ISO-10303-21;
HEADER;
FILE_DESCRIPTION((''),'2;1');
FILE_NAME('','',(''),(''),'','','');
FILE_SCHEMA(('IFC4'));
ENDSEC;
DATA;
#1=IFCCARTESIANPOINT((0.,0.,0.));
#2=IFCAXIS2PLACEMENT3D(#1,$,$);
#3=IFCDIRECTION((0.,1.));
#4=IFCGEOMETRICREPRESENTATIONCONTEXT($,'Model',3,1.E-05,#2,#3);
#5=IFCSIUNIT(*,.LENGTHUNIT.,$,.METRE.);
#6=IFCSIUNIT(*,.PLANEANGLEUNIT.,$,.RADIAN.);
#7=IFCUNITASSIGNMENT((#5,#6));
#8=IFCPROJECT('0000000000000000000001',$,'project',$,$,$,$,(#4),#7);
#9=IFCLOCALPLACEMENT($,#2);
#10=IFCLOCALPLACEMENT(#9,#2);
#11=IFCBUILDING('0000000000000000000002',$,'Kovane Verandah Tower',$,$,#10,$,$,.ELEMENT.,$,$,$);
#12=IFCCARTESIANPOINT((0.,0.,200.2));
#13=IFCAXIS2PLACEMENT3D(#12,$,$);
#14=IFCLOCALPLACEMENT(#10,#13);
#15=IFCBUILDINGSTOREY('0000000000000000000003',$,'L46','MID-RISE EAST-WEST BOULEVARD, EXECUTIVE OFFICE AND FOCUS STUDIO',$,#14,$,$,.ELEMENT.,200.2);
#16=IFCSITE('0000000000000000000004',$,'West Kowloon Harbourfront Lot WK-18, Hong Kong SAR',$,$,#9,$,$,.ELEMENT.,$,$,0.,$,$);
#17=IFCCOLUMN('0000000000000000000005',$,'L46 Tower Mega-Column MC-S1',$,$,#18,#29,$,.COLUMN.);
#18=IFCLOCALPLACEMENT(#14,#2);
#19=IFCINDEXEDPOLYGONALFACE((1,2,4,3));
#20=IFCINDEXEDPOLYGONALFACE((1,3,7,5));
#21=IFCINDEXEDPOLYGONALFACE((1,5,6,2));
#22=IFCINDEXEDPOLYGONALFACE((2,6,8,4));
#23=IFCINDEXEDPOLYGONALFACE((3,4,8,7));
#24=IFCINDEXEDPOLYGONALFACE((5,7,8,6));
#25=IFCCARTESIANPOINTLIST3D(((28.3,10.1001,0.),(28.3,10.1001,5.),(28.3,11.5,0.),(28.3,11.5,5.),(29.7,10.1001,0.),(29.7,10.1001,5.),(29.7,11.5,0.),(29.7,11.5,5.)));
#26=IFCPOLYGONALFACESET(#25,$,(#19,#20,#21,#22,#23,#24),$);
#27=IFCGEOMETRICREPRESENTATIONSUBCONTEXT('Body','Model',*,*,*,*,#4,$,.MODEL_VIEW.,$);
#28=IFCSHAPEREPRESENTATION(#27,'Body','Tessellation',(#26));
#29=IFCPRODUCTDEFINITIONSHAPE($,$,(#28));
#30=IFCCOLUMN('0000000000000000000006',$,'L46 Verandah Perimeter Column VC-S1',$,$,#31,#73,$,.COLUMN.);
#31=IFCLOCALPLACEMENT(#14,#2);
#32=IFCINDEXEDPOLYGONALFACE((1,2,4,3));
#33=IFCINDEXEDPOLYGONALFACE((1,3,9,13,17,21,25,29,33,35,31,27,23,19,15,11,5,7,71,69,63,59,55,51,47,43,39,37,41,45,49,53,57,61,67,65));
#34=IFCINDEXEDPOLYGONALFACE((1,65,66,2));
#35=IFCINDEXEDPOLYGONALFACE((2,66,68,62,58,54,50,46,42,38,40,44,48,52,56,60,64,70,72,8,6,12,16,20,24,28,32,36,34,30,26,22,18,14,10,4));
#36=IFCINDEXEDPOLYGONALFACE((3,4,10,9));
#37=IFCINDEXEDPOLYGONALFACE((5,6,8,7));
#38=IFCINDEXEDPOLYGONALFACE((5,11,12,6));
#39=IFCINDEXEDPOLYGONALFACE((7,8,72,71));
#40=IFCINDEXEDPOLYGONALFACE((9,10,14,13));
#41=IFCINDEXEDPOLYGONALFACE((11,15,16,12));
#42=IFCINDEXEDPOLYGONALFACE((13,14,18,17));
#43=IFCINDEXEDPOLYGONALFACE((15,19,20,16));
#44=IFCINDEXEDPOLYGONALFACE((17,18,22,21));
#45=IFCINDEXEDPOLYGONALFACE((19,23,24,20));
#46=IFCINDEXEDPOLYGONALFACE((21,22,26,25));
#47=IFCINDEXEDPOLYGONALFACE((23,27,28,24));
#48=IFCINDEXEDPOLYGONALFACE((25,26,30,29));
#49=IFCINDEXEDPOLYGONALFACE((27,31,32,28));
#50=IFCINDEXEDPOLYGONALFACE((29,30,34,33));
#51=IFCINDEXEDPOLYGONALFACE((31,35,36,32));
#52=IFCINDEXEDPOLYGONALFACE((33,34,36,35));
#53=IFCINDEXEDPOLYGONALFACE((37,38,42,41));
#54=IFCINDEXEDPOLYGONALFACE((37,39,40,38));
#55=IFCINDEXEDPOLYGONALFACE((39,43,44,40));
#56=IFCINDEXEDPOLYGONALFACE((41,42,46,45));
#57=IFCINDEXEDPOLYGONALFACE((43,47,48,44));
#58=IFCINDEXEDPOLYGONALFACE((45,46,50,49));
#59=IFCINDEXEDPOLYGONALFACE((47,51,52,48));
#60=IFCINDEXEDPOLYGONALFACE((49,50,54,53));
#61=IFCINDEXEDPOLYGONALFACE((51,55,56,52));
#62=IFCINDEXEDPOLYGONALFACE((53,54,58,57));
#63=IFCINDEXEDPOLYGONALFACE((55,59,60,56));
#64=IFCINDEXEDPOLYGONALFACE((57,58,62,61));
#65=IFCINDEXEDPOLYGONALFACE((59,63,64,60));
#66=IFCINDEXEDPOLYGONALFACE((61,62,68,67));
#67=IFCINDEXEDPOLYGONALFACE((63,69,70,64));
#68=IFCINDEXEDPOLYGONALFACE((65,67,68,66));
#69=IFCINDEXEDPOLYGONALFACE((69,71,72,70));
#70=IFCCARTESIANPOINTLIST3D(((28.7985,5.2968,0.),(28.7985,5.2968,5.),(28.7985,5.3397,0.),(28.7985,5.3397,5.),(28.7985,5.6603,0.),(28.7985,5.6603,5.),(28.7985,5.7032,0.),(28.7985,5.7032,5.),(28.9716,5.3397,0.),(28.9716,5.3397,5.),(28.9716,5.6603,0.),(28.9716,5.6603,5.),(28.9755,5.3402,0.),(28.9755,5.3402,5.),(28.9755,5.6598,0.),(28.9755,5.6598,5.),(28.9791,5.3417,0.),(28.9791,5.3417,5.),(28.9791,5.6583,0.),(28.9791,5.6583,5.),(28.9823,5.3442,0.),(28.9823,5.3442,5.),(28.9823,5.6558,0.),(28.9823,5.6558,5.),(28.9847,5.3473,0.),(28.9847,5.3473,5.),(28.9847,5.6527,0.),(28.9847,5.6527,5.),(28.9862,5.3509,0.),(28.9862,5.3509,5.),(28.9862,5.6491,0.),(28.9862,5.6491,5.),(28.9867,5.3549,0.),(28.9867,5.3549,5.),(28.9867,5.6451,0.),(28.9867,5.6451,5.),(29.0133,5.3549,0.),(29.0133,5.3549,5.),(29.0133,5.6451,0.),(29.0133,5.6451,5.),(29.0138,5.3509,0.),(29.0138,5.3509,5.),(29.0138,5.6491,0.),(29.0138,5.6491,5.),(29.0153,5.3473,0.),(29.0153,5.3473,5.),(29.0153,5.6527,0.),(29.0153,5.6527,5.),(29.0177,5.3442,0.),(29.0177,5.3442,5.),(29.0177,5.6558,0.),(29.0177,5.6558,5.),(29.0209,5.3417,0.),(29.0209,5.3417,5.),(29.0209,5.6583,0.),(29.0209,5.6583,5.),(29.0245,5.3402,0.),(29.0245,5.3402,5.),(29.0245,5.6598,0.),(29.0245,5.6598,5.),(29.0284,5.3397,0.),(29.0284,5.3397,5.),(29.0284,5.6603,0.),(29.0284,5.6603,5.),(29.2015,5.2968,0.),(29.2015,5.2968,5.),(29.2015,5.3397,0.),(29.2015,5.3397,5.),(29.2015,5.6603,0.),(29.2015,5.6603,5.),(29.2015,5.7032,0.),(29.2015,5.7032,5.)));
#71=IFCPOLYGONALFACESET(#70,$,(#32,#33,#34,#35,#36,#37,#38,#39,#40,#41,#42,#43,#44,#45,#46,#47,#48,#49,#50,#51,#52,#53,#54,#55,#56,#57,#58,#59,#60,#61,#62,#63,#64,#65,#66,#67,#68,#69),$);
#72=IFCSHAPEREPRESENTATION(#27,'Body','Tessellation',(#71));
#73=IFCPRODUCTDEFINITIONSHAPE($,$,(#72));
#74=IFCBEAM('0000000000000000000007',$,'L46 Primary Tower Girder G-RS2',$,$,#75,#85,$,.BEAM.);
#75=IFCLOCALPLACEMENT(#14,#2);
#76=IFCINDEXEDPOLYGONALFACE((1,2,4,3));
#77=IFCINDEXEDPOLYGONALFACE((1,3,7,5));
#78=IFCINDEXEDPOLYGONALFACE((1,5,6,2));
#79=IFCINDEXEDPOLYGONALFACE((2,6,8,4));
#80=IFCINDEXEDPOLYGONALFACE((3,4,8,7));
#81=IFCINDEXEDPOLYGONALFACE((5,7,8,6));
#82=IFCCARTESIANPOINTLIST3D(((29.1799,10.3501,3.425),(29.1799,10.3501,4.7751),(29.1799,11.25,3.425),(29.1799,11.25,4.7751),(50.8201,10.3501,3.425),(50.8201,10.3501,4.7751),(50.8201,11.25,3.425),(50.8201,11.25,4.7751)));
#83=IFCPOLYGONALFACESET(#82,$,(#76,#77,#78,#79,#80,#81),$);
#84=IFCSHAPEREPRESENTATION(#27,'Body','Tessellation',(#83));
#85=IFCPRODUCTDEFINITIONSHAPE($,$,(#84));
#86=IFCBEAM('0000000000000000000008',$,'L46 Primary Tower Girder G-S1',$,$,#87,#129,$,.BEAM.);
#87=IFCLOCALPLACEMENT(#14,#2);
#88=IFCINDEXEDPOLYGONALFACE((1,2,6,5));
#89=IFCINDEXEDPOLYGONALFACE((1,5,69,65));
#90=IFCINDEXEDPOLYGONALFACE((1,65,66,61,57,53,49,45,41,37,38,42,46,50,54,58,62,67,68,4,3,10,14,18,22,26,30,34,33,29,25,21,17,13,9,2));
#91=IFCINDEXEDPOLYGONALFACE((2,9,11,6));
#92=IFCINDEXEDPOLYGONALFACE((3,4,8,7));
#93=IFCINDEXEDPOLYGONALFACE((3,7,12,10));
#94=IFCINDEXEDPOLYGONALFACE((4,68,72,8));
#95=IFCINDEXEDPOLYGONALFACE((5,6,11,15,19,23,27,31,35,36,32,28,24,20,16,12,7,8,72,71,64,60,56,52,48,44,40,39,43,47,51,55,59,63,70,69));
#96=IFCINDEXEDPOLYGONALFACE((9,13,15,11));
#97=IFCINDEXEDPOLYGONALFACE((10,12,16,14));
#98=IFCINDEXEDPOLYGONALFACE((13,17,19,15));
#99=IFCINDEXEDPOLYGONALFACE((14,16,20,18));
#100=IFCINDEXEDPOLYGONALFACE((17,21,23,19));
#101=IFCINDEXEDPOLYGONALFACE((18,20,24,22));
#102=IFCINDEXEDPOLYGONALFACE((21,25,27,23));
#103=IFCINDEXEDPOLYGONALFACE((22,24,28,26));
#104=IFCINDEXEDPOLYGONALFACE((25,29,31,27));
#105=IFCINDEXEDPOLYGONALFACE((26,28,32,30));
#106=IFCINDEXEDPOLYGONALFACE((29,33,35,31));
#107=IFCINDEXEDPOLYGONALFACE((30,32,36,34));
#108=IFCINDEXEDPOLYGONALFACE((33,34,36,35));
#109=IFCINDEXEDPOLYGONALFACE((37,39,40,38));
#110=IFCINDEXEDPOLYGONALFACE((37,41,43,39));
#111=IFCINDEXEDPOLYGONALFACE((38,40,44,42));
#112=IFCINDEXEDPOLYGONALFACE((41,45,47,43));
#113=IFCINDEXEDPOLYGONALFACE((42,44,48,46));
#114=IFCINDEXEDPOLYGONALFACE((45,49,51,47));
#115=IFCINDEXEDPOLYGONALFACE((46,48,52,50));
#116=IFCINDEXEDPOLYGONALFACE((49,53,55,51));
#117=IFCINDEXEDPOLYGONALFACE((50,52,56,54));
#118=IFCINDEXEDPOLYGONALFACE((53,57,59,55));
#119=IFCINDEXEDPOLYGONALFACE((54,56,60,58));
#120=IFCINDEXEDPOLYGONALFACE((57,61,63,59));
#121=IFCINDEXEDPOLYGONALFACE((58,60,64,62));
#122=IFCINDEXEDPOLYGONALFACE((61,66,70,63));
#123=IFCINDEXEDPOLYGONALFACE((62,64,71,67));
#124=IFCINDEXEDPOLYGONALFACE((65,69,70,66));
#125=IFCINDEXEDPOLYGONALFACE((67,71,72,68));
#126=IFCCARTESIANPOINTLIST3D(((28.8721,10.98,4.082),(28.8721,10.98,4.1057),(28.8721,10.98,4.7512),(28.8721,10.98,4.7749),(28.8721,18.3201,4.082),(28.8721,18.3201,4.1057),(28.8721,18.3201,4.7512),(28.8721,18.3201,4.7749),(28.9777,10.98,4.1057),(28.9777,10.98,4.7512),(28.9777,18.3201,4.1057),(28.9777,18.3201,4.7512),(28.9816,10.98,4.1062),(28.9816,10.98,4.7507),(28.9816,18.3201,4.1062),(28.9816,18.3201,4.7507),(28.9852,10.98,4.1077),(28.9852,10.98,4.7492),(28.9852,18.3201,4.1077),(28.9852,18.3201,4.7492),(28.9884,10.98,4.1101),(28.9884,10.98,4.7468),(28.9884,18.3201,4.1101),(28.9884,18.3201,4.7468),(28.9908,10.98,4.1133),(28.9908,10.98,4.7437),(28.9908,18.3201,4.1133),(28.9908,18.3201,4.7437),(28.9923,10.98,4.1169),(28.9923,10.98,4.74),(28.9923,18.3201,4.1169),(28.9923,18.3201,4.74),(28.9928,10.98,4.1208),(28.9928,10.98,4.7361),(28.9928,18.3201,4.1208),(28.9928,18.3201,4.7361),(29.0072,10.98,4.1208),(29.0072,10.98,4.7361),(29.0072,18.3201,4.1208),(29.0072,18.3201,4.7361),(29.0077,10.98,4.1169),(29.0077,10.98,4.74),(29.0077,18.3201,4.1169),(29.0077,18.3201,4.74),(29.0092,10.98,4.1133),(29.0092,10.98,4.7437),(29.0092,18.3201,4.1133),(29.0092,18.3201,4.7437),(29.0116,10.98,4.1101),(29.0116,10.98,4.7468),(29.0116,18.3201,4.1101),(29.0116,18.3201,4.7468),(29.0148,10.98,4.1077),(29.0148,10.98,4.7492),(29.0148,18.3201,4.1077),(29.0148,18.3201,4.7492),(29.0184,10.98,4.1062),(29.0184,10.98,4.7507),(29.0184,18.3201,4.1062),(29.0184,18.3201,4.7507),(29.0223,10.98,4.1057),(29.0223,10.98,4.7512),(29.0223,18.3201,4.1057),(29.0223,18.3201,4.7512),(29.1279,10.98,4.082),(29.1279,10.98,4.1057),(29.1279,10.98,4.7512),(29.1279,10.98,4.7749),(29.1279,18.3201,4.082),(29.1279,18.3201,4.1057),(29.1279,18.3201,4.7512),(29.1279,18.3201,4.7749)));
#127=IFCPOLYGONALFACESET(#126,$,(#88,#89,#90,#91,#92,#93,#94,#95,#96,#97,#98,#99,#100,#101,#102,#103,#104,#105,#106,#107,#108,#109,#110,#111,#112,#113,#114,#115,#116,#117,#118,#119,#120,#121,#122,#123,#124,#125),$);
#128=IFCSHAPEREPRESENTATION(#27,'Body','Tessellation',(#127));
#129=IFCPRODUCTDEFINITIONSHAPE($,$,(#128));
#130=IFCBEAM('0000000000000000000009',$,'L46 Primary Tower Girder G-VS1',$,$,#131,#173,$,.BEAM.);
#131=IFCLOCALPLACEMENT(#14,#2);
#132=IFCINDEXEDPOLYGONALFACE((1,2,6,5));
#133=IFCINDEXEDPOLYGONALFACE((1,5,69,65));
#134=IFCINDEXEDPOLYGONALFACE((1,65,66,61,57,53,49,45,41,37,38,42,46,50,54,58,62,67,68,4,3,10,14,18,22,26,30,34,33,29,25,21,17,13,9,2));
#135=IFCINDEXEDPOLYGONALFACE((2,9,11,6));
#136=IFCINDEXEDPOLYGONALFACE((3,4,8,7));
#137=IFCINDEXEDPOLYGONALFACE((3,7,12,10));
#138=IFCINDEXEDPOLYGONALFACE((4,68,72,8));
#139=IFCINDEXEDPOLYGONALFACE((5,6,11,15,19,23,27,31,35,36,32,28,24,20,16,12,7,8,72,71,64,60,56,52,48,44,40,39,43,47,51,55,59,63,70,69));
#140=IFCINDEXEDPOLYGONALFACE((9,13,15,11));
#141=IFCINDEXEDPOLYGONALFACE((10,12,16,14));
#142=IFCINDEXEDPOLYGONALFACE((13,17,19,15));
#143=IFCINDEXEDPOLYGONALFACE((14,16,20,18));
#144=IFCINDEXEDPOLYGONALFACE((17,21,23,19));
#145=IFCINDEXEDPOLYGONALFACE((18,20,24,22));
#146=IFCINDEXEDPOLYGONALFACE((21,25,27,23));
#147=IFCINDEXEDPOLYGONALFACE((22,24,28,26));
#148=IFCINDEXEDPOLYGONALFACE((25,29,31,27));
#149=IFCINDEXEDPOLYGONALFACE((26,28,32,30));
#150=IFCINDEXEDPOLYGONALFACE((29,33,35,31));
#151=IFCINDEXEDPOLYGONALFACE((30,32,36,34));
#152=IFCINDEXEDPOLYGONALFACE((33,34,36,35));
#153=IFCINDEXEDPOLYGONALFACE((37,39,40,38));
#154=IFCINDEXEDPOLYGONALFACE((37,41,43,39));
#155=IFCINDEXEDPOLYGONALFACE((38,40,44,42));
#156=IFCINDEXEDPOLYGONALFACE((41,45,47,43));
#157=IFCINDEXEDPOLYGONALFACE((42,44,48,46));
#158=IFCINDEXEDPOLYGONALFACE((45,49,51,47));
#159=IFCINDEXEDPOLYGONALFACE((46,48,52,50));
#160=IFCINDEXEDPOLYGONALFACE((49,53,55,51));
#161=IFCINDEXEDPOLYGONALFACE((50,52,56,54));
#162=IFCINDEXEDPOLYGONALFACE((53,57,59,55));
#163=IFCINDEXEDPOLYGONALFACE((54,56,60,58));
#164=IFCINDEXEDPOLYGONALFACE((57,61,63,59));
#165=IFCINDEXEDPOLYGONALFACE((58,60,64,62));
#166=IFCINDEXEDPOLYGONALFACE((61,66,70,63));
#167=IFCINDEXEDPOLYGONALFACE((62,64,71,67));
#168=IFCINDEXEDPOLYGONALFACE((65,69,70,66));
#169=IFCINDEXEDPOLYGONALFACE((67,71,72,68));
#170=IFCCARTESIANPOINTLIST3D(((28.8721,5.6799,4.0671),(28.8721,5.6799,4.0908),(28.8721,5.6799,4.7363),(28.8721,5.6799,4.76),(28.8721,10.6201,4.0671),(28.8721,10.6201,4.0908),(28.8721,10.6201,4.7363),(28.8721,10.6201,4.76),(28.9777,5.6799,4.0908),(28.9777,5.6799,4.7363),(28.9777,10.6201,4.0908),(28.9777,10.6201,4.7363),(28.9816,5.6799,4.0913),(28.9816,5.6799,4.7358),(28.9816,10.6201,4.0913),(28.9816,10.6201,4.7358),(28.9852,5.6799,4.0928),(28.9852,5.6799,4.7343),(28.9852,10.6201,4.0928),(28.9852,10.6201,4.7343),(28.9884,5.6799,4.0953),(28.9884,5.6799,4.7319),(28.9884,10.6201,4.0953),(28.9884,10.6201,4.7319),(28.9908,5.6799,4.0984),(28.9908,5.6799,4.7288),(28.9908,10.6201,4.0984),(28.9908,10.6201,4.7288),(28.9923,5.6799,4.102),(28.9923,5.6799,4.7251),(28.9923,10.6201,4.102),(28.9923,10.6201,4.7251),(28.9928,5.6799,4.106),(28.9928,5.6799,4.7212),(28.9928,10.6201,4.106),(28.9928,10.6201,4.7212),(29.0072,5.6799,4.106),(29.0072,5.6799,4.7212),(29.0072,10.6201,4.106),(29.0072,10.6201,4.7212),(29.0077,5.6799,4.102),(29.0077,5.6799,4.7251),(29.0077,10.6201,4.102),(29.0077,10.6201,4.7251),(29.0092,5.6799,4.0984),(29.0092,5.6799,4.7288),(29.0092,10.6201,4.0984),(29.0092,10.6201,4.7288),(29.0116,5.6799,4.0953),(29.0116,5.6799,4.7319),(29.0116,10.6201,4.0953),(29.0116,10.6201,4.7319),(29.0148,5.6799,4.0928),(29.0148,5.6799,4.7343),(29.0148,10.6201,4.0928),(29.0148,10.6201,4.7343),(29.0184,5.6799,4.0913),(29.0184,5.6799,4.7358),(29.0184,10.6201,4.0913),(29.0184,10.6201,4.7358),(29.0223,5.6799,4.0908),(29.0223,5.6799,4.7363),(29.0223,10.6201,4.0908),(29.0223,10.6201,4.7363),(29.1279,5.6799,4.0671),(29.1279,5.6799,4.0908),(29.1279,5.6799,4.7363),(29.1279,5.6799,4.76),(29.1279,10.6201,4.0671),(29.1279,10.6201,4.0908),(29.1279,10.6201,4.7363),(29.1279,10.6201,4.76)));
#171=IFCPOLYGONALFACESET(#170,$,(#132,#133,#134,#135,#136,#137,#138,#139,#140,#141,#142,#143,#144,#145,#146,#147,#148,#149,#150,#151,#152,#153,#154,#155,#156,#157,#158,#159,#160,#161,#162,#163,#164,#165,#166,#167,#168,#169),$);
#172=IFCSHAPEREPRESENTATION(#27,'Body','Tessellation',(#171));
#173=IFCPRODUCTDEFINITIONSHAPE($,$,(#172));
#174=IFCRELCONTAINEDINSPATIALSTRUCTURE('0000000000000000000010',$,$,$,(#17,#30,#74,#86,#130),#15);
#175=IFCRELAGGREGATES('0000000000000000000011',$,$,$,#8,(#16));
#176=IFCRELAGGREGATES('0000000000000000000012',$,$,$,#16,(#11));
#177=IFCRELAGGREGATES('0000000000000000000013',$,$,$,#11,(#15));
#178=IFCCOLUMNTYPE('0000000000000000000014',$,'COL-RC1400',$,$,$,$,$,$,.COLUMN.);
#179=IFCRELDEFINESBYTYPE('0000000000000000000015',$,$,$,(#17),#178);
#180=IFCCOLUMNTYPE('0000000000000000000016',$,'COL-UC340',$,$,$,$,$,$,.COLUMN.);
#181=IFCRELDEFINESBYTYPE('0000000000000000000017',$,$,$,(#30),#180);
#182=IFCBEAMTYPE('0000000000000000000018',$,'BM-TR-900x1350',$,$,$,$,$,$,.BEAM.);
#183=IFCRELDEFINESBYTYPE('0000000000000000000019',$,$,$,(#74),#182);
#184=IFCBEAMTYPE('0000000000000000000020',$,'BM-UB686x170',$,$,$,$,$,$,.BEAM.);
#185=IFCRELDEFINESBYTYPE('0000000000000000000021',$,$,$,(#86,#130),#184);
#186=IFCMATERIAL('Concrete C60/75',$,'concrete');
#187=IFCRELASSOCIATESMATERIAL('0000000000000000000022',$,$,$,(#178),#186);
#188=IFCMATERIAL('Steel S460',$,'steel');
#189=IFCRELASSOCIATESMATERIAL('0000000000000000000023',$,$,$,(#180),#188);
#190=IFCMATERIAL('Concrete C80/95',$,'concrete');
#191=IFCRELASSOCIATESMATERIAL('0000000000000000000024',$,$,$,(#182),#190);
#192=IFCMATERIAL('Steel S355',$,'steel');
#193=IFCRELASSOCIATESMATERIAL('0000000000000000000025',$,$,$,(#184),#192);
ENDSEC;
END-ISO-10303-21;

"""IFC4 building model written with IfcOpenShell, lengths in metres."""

from ifc_helpers import new_model, si_unit, direction, frame, origin, origin_2d, place, context, subcontext, project, spatial, rectangle, i_section, extrude, material, material_profile, profile_set, type_object, element, save


model = new_model("IFC4")

# Units and contexts
model_context = context("Model", 3, precision=1e-05, world=origin(), true_north=direction((0.0, 1.0)))
body_context = subcontext(model_context, "Body", "Model", "MODEL_VIEW")
ifc_project = project(units=[si_unit("LENGTHUNIT", "METRE"), si_unit("PLANEANGLEUNIT", "RADIAN")], contexts=[model_context])

# Site, building, storey
site_placement = place(None, origin())
site = spatial("IfcSite", under=ifc_project, at=site_placement, Name="West Kowloon Harbourfront Lot WK-18, Hong Kong SAR", CompositionType="ELEMENT", RefElevation=0.0)
building_placement = place(site_placement, origin())
building = spatial("IfcBuilding", under=site, at=building_placement, Name="Kovane Verandah Tower", CompositionType="ELEMENT")
storey_placement = place(building_placement, frame((0.0, 0.0, 200.2)))
storey = spatial("IfcBuildingStorey", under=building, at=storey_placement, Name="L46", Description="MID-RISE EAST-WEST BOULEVARD, EXECUTIVE OFFICE AND FOCUS STUDIO", CompositionType="ELEMENT", Elevation=200.2)

# Columns
ifc_material_1 = material(Name="Concrete C60/75", Category="concrete")
ifc_material_profile_1 = material_profile(ifc_material_1, rectangle(XDim=1.3999, YDim=1.3999, at=origin_2d()), Name="RC1400x1400")
ifc_profile_set_1 = profile_set([ifc_material_profile_1], Name="Concrete C60/75")
column_type_1 = type_object("IfcColumnType", Name="COL-RC1400", PredefinedType="COLUMN", material=ifc_profile_set_1)
column_1_placement = place(storey_placement, frame((29.0, 10.8, 0.0), z_axis=(0.0, 0.0, 1.0), x_axis=(1.0, 0.0, 0.0)))
element("IfcColumn", 1, at=column_1_placement, inside=storey, type_object=column_type_1, Name="L46 Tower Mega-Column MC-S1", PredefinedType="COLUMN", context=body_context, shape_type="SweptSolid", body=[
    extrude(rectangle(XDim=1.3999, YDim=1.3999, at=origin_2d()), origin(), (0.0, 0.0, 1.0), 5.0),
])
ifc_material_2 = material(Name="Steel S460", Category="steel")
ifc_material_profile_2 = material_profile(ifc_material_2, i_section(OverallWidth=0.4031, OverallDepth=0.4065, WebThickness=0.0266, FlangeThickness=0.043, FilletRadius=0.0151, at=origin_2d()), Name="UC356x406x340")
ifc_profile_set_2 = profile_set([ifc_material_profile_2], Name="Steel S460")
column_type_2 = type_object("IfcColumnType", Name="COL-UC340", PredefinedType="COLUMN", material=ifc_profile_set_2)
column_2_placement = place(storey_placement, frame((29.0, 5.5, 0.0), z_axis=(0.0, 0.0, 1.0), x_axis=(1.0, 0.0, 0.0)))
element("IfcColumn", 2, at=column_2_placement, inside=storey, type_object=column_type_2, Name="L46 Verandah Perimeter Column VC-S1", PredefinedType="COLUMN", context=body_context, shape_type="SweptSolid", body=[
    extrude(i_section(OverallWidth=0.4031, OverallDepth=0.4065, WebThickness=0.0266, FlangeThickness=0.043, FilletRadius=0.0151, at=origin_2d()), origin(), (0.0, 0.0, 1.0), 5.0),
])

# Beams
ifc_material_3 = material(Name="Concrete C80/95", Category="concrete")
ifc_material_profile_3 = material_profile(ifc_material_3, rectangle(XDim=0.8999, YDim=1.3501, at=origin_2d()), Name="RCB900x1350")
ifc_profile_set_3 = profile_set([ifc_material_profile_3], Name="Concrete C80/95")
beam_type_1 = type_object("IfcBeamType", Name="BM-TR-900x1350", PredefinedType="BEAM", material=ifc_profile_set_3)
beam_1_placement = place(storey_placement, frame((29.1799, 10.8, 4.1001), z_axis=(1.0, 0.0, 0.0), x_axis=(0.0, 1.0, 0.0)))
element("IfcBeam", 3, at=beam_1_placement, inside=storey, type_object=beam_type_1, Name="L46 Primary Tower Girder G-RS2", PredefinedType="BEAM", context=body_context, shape_type="SweptSolid", body=[
    extrude(rectangle(XDim=0.8999, YDim=1.3501, at=origin_2d()), origin(), (0.0, 0.0, 1.0), 21.6401),
])
ifc_material_4 = material(Name="Steel S355", Category="steel")
ifc_material_profile_4 = material_profile(ifc_material_4, i_section(OverallWidth=0.2559, OverallDepth=0.6929, WebThickness=0.0144, FlangeThickness=0.0237, FilletRadius=0.0151, at=origin_2d()), Name="UB686x254x170")
ifc_profile_set_4 = profile_set([ifc_material_profile_4], Name="Steel S355")
beam_type_2 = type_object("IfcBeamType", Name="BM-UB686x170", PredefinedType="BEAM", material=ifc_profile_set_4)
beam_2_placement = place(storey_placement, frame((29.0, 18.3201, 4.4285), z_axis=(0.0, -1.0, 0.0), x_axis=(1.0, 0.0, 0.0)))
element("IfcBeam", 4, at=beam_2_placement, inside=storey, type_object=beam_type_2, Name="L46 Primary Tower Girder G-S1", PredefinedType="BEAM", context=body_context, shape_type="SweptSolid", body=[
    extrude(i_section(OverallWidth=0.2559, OverallDepth=0.6929, WebThickness=0.0144, FlangeThickness=0.0237, FilletRadius=0.0151, at=origin_2d()), origin(), (0.0, 0.0, 1.0), 7.3401),
])
beam_3_placement = place(storey_placement, frame((29.0, 10.6201, 4.4136), z_axis=(0.0, -1.0, 0.0), x_axis=(1.0, 0.0, 0.0)))
element("IfcBeam", 5, at=beam_3_placement, inside=storey, type_object=beam_type_2, Name="L46 Primary Tower Girder G-VS1", PredefinedType="BEAM", context=body_context, shape_type="SweptSolid", body=[
    extrude(i_section(OverallWidth=0.2559, OverallDepth=0.6929, WebThickness=0.0144, FlangeThickness=0.0237, FilletRadius=0.0151, at=origin_2d()), origin(), (0.0, 0.0, 1.0), 4.9402),
])

save(model, "model.ifc")
